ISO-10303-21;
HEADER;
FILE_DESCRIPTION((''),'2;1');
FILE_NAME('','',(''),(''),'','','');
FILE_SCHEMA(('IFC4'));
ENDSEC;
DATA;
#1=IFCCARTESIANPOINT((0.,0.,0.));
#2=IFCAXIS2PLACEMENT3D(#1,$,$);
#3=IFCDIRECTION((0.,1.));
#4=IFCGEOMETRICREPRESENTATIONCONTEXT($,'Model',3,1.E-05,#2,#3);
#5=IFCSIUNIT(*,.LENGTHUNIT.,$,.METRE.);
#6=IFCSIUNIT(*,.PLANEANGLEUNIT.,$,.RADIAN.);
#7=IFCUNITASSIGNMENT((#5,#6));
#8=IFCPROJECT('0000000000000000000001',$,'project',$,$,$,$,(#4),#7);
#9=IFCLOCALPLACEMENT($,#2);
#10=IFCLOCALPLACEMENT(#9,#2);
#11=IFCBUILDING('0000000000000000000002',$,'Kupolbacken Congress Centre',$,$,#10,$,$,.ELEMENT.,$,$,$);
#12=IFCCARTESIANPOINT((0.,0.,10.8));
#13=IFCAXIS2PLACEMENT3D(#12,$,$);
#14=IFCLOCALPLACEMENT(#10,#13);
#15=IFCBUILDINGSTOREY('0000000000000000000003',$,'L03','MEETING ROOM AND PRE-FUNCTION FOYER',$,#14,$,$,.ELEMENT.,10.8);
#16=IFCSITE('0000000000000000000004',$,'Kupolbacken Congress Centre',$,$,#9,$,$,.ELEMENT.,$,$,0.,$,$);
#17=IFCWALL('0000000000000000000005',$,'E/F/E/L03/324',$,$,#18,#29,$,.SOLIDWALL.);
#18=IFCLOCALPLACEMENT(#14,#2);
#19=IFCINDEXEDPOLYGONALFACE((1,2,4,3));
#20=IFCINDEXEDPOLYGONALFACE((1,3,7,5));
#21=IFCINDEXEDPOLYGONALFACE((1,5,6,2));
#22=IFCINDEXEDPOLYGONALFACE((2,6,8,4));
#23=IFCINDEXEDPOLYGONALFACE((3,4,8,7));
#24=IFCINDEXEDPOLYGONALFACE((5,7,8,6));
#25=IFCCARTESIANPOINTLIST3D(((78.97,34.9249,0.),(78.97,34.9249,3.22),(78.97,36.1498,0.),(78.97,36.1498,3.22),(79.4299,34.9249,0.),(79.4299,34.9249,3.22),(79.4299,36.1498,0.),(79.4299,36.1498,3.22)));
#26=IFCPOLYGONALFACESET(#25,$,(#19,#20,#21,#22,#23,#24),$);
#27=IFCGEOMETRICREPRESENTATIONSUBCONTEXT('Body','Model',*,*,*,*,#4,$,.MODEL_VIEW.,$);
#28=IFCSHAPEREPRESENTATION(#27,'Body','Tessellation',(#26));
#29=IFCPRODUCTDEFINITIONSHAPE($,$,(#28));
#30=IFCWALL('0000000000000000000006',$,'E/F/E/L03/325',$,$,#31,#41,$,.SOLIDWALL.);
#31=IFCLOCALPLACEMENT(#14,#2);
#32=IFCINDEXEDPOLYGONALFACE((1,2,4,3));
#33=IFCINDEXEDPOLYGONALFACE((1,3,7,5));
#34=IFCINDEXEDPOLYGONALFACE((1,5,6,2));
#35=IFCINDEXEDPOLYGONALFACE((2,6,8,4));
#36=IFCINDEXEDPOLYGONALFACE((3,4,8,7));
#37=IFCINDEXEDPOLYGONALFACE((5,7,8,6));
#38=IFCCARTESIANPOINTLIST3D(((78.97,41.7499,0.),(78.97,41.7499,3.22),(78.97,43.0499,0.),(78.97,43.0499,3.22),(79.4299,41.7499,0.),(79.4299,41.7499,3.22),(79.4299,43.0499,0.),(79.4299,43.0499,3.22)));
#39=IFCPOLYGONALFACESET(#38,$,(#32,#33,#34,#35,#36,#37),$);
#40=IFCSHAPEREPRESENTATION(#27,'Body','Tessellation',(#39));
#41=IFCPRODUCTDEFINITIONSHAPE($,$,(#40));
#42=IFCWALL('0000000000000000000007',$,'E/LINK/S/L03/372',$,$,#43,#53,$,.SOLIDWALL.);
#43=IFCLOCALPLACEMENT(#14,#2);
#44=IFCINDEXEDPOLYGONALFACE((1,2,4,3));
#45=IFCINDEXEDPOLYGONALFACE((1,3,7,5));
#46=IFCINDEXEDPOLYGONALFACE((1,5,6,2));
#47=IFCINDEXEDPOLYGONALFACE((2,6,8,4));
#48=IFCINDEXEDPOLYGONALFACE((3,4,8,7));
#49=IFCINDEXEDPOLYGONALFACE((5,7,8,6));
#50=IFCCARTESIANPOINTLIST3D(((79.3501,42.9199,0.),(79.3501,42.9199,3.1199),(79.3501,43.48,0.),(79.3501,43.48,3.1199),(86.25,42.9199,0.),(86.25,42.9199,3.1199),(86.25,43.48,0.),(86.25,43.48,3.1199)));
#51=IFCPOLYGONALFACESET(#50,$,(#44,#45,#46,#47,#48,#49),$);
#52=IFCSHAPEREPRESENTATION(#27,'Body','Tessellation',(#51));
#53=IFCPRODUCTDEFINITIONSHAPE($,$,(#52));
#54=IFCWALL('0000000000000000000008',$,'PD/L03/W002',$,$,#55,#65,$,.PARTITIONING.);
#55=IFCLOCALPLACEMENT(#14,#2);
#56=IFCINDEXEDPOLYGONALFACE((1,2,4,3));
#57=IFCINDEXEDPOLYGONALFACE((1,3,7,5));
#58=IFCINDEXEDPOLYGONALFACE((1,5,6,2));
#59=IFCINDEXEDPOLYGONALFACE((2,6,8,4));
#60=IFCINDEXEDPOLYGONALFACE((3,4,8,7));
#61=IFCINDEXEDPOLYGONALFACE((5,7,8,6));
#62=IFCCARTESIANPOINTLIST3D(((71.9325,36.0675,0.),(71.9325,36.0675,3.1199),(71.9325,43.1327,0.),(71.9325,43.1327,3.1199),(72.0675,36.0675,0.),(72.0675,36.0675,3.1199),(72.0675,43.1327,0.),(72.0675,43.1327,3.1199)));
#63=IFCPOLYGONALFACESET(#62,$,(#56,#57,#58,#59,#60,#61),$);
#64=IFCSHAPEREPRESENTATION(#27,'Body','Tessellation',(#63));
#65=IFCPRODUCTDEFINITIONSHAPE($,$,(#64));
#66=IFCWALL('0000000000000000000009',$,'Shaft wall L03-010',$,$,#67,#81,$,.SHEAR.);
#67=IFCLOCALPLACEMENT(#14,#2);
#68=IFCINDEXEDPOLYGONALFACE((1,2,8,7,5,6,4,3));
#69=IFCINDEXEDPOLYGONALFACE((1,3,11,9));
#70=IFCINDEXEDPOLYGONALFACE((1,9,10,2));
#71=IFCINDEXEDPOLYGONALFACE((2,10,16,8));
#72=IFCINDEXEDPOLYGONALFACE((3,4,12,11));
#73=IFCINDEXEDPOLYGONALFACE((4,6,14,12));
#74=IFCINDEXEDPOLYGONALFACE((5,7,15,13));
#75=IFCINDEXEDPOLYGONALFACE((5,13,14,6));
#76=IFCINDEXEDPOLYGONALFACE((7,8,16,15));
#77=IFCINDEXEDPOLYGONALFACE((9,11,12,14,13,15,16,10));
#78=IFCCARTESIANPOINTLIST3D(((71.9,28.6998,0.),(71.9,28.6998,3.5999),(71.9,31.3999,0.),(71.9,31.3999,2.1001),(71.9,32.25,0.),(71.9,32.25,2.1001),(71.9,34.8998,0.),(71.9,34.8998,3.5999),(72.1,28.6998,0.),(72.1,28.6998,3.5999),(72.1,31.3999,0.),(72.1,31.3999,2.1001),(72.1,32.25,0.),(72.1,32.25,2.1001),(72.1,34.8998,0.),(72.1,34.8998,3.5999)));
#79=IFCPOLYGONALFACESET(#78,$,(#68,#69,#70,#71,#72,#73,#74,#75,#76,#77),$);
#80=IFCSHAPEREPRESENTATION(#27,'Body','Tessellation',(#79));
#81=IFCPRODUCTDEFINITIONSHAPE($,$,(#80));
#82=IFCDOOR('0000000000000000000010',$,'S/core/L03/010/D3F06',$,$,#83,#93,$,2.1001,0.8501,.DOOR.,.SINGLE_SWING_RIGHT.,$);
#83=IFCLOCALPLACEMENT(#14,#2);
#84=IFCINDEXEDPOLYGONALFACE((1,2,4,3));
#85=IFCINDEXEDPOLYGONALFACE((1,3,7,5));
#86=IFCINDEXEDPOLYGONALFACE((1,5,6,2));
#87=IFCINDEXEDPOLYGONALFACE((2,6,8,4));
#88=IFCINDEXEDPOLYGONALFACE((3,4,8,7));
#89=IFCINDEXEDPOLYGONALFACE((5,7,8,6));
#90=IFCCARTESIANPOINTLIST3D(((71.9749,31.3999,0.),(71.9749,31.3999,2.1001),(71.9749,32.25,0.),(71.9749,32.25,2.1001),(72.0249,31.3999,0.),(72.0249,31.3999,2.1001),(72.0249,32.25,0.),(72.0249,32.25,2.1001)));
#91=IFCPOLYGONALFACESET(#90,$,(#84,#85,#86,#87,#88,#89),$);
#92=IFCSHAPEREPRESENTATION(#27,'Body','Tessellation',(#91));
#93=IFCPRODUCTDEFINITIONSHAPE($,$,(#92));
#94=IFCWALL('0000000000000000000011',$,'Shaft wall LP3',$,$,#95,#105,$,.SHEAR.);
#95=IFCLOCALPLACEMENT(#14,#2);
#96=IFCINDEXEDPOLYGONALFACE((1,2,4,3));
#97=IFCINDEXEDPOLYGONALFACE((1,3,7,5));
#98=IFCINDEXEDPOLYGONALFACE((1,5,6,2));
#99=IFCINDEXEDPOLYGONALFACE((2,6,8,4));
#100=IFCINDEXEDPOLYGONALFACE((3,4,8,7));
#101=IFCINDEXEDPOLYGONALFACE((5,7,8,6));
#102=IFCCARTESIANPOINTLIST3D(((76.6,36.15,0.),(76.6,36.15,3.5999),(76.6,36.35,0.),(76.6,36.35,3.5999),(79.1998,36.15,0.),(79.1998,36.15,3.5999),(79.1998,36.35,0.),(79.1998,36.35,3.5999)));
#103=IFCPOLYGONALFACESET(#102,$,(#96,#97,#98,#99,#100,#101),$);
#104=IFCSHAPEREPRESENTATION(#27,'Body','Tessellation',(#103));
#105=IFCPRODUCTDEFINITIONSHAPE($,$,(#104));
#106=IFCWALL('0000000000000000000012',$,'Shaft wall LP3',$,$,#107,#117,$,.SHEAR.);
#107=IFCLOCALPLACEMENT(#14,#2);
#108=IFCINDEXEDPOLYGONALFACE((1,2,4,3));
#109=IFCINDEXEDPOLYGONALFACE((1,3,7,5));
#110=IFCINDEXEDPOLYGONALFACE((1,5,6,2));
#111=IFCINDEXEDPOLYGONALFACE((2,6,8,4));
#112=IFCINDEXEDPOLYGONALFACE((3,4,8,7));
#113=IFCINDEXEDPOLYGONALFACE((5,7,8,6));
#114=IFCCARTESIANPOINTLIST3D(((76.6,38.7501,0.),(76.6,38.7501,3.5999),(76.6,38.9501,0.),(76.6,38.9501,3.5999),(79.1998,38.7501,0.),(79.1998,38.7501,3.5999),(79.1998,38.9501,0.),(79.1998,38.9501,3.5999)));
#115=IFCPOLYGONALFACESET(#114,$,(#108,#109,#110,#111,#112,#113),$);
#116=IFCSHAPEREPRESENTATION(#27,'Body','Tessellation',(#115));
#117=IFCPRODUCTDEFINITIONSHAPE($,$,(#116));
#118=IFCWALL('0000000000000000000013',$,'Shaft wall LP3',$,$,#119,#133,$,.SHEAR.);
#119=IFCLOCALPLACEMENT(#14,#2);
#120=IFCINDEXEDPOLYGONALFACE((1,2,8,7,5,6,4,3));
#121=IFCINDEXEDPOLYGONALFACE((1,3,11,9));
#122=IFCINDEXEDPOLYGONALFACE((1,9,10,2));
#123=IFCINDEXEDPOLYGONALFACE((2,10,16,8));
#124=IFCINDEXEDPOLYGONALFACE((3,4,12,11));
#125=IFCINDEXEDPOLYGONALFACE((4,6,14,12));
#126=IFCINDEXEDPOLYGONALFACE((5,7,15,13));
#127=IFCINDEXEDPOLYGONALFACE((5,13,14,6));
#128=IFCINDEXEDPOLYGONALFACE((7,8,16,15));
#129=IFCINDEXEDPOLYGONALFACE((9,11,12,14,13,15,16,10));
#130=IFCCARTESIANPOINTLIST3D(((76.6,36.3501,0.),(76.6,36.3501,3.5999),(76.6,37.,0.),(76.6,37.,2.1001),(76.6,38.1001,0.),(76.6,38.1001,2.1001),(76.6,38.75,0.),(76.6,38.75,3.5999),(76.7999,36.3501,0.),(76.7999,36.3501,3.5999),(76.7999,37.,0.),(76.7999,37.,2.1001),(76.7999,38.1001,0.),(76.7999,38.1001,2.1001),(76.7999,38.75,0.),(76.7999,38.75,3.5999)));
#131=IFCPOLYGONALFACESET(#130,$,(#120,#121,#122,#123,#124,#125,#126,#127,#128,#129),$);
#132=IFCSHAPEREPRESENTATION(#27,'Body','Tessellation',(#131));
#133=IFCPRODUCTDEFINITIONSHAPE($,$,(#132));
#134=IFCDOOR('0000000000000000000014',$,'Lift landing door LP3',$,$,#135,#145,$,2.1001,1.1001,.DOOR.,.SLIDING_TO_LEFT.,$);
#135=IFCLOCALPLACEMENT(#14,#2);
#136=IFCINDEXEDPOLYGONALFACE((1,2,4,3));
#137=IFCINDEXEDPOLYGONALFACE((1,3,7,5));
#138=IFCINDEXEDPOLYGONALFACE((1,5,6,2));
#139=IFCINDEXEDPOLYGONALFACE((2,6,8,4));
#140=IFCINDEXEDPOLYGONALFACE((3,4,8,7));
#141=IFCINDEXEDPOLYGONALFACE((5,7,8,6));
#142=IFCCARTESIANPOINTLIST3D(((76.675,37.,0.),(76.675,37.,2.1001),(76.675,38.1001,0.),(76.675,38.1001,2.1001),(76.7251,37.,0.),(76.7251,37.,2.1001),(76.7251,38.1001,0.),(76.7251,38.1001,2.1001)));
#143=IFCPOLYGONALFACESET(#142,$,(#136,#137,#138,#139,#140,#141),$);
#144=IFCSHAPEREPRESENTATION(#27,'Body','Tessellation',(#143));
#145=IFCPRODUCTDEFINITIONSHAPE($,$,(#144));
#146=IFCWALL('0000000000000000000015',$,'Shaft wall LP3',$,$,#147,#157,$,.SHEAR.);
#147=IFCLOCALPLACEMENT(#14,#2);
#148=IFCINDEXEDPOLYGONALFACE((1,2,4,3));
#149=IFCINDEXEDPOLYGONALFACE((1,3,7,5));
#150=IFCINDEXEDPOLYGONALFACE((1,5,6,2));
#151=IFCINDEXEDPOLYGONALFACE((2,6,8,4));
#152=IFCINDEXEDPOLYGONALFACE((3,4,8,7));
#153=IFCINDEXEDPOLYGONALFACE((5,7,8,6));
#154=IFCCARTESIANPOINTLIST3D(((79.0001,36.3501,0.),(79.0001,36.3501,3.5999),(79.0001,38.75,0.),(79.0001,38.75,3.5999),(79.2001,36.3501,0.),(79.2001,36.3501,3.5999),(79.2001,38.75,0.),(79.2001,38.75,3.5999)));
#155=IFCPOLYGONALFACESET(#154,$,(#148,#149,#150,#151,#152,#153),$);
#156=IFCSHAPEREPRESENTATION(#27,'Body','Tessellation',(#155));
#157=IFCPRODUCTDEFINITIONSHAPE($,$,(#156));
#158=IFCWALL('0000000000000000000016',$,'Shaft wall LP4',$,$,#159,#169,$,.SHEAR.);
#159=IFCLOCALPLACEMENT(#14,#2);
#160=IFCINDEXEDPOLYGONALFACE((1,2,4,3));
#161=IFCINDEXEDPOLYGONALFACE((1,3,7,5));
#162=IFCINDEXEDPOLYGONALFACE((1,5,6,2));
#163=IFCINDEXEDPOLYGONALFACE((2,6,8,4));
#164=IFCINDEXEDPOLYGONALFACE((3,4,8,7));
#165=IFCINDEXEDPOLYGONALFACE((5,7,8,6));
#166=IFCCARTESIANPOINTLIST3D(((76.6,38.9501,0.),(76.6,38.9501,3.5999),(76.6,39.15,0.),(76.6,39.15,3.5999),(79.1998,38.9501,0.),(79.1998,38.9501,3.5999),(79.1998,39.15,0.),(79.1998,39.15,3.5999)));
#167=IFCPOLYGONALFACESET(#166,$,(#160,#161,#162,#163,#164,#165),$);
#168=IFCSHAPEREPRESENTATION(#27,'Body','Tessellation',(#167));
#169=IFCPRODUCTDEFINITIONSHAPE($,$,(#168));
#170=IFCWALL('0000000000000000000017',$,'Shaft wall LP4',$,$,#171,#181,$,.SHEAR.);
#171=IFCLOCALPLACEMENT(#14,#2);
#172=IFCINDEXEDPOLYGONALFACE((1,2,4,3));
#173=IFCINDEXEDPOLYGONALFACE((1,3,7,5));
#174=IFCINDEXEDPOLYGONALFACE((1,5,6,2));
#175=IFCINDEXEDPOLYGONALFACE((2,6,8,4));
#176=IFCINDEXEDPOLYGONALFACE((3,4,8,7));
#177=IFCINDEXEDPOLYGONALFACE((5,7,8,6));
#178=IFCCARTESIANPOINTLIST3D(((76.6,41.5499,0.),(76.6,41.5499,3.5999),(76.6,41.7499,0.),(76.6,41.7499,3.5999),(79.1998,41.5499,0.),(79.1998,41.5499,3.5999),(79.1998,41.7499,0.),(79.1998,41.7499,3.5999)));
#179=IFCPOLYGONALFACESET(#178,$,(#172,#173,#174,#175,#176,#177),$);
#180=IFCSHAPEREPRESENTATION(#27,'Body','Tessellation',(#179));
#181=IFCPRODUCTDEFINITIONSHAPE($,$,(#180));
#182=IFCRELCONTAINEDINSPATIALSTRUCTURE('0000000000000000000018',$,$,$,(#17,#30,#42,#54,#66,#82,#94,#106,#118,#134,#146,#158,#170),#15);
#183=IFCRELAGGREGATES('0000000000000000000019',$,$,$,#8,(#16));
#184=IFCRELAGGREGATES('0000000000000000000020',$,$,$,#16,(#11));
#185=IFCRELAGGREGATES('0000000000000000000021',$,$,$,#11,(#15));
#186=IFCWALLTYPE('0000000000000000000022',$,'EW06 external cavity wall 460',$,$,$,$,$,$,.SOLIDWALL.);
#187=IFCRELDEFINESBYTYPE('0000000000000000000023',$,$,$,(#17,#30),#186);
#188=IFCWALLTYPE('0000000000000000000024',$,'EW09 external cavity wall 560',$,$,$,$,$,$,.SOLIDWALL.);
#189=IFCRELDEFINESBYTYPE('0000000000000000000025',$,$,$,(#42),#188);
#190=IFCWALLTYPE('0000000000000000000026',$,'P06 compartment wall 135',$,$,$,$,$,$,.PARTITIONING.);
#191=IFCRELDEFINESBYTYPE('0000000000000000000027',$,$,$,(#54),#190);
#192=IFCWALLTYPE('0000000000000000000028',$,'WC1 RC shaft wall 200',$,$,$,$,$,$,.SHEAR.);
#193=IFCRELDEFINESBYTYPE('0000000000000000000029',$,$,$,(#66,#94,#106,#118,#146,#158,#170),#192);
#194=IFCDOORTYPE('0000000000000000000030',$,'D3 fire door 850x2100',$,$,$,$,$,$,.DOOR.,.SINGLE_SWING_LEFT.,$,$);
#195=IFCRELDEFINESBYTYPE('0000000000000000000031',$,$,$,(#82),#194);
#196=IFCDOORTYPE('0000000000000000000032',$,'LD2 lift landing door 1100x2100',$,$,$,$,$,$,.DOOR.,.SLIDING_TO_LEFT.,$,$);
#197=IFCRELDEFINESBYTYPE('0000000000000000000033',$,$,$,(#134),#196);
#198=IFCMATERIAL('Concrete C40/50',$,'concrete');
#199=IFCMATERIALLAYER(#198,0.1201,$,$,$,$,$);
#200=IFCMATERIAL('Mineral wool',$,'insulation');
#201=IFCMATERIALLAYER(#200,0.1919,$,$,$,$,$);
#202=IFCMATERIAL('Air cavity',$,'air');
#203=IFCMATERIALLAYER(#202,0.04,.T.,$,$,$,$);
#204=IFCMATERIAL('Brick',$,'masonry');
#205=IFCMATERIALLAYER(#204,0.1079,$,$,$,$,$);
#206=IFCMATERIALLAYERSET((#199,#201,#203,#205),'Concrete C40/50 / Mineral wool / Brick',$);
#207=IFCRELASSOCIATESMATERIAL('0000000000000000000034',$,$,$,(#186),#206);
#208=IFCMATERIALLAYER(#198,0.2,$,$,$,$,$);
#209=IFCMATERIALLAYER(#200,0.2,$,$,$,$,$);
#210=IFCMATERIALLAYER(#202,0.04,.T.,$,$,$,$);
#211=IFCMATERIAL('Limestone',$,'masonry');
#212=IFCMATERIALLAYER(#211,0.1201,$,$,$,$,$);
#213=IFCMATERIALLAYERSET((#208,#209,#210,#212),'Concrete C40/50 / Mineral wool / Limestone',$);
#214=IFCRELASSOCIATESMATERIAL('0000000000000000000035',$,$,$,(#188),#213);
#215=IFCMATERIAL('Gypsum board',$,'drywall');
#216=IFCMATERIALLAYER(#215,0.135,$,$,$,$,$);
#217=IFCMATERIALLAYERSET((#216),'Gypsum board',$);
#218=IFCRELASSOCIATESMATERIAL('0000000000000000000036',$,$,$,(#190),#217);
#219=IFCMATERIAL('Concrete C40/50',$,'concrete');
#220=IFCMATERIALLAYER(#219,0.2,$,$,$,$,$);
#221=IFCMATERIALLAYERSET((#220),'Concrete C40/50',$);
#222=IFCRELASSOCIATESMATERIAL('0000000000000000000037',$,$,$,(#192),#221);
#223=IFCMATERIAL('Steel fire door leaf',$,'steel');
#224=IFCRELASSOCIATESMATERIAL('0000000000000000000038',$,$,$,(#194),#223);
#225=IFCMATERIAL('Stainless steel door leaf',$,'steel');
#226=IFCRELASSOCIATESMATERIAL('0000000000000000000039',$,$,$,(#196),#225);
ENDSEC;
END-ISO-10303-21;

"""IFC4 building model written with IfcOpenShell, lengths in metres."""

from ifc_helpers import new_model, si_unit, direction, frame, frame_2d, origin, place, context, subcontext, project, spatial, rectangle, extrude, material, layer, layer_set, type_object, element, fill, save


model = new_model("IFC4")

# Units and contexts
model_context = context("Model", 3, precision=1e-05, world=origin(), true_north=direction((0.0, 1.0)))
body_context = subcontext(model_context, "Body", "Model", "MODEL_VIEW")
ifc_project = project(units=[si_unit("LENGTHUNIT", "METRE"), si_unit("PLANEANGLEUNIT", "RADIAN")], contexts=[model_context])

# Site, building, storey
site_placement = place(None, origin())
site = spatial("IfcSite", under=ifc_project, at=site_placement, Name="Kupolbacken Congress Centre", CompositionType="ELEMENT", RefElevation=0.0)
building_placement = place(site_placement, origin())
building = spatial("IfcBuilding", under=site, at=building_placement, Name="Kupolbacken Congress Centre", CompositionType="ELEMENT")
storey_placement = place(building_placement, frame((0.0, 0.0, 10.8)))
storey = spatial("IfcBuildingStorey", under=building, at=storey_placement, Name="L03", Description="MEETING ROOM AND PRE-FUNCTION FOYER", CompositionType="ELEMENT", Elevation=10.8)

# Walls
ifc_material_1 = material(Name="Concrete C40/50", Category="concrete")
ifc_layer_1 = layer(ifc_material_1, 0.1201)
ifc_material_2 = material(Name="Mineral wool", Category="insulation")
ifc_layer_2 = layer(ifc_material_2, 0.1919)
ifc_material_3 = material(Name="Air cavity", Category="air")
ifc_layer_3 = layer(ifc_material_3, 0.04, ventilated=True)
ifc_material_4 = material(Name="Brick", Category="masonry")
ifc_layer_4 = layer(ifc_material_4, 0.1079)
ifc_layer_set_1 = layer_set([ifc_layer_1, ifc_layer_2, ifc_layer_3, ifc_layer_4], Name="Concrete C40/50 / Mineral wool / Brick")
wall_type_1 = type_object("IfcWallType", Name="EW06 external cavity wall 460", PredefinedType="SOLIDWALL", material=ifc_layer_set_1)
wall_1_placement = place(storey_placement, frame((79.2, 34.925, 0.0), z_axis=(0.0, 0.0, 1.0), x_axis=(0.0, 1.0, 0.0)))
element("IfcWall", 1, at=wall_1_placement, inside=storey, type_object=wall_type_1, Name="E/F/E/L03/324", PredefinedType="SOLIDWALL", context=body_context, shape_type="SweptSolid", body=[
    extrude(rectangle(XDim=1.2249, YDim=0.46, at=frame_2d((0.6123, 0.0))), origin(), (0.0, 0.0, 1.0), 3.22),
])
wall_2_placement = place(storey_placement, frame((79.2, 41.75, 0.0), z_axis=(0.0, 0.0, 1.0), x_axis=(0.0, 1.0, 0.0)))
element("IfcWall", 2, at=wall_2_placement, inside=storey, type_object=wall_type_1, Name="E/F/E/L03/325", PredefinedType="SOLIDWALL", context=body_context, shape_type="SweptSolid", body=[
    extrude(rectangle(XDim=1.3, YDim=0.46, at=frame_2d((0.6499, 0.0))), origin(), (0.0, 0.0, 1.0), 3.22),
])
ifc_layer_5 = layer(ifc_material_1, 0.2)
ifc_layer_6 = layer(ifc_material_2, 0.2)
ifc_layer_7 = layer(ifc_material_3, 0.04, ventilated=True)
ifc_material_5 = material(Name="Limestone", Category="masonry")
ifc_layer_8 = layer(ifc_material_5, 0.1201)
ifc_layer_set_2 = layer_set([ifc_layer_5, ifc_layer_6, ifc_layer_7, ifc_layer_8], Name="Concrete C40/50 / Mineral wool / Limestone")
wall_type_2 = type_object("IfcWallType", Name="EW09 external cavity wall 560", PredefinedType="SOLIDWALL", material=ifc_layer_set_2)
wall_3_placement = place(storey_placement, frame((79.3501, 43.2, 0.0), z_axis=(0.0, 0.0, 1.0), x_axis=(1.0, 0.0, 0.0)))
element("IfcWall", 3, at=wall_3_placement, inside=storey, type_object=wall_type_2, Name="E/LINK/S/L03/372", PredefinedType="SOLIDWALL", context=body_context, shape_type="SweptSolid", body=[
    extrude(rectangle(XDim=6.8999, YDim=0.5601, at=frame_2d((3.45, 0.0))), origin(), (0.0, 0.0, 1.0), 3.1199),
])
ifc_material_6 = material(Name="Gypsum board", Category="drywall")
ifc_layer_9 = layer(ifc_material_6, 0.135)
ifc_layer_set_3 = layer_set([ifc_layer_9], Name="Gypsum board")
wall_type_3 = type_object("IfcWallType", Name="P06 compartment wall 135", PredefinedType="PARTITIONING", material=ifc_layer_set_3)
wall_4_placement = place(storey_placement, frame((72.0, 36.0674, 0.0), z_axis=(0.0, 0.0, 1.0), x_axis=(0.0, 1.0, 0.0)))
element("IfcWall", 4, at=wall_4_placement, inside=storey, type_object=wall_type_3, Name="PD/L03/W002", PredefinedType="PARTITIONING", context=body_context, shape_type="SweptSolid", body=[
    extrude(rectangle(XDim=7.0652, YDim=0.135, at=frame_2d((3.5327, 0.0))), origin(), (0.0, 0.0, 1.0), 3.1199),
])

# Wall, opening, door
ifc_material_7 = material(Name="Concrete C40/50", Category="concrete")
ifc_layer_10 = layer(ifc_material_7, 0.2)
ifc_layer_set_4 = layer_set([ifc_layer_10], Name="Concrete C40/50")
wall_type_4 = type_object("IfcWallType", Name="WC1 RC shaft wall 200", PredefinedType="SHEAR", material=ifc_layer_set_4)
wall_5_placement = place(storey_placement, frame((72.0, 34.8999, 0.0), z_axis=(0.0, 0.0, 1.0), x_axis=(0.0, -1.0, 0.0)))
wall_5 = element("IfcWall", 5, at=wall_5_placement, inside=storey, type_object=wall_type_4, Name="Shaft wall L03-010", PredefinedType="SHEAR", context=body_context, shape_type="SweptSolid", body=[
    extrude(rectangle(XDim=6.2, YDim=0.2, at=frame_2d((3.1001, 0.0))), origin(), (0.0, 0.0, 1.0), 3.5999),
])
opening_1_placement = place(wall_5_placement, frame((2.6499, 0.0, 0.0)))
opening_1 = element("IfcOpeningElement", 6, at=opening_1_placement, cuts=wall_5, PredefinedType="OPENING", context=body_context, shape_type="SweptSolid", body=[
    extrude(rectangle(XDim=0.8501, YDim=2.1001, at=frame_2d((0.425, 1.05))), frame((0.0, 0.1099, 0.0), z_axis=(0.0, -1.0, 0.0), x_axis=(1.0, 0.0, 0.0)), (0.0, 0.0, 1.0), 0.22),
])
ifc_material_8 = material(Name="Steel fire door leaf", Category="steel")
door_type_1 = type_object("IfcDoorType", Name="D3 fire door 850x2100", OperationType="SINGLE_SWING_LEFT", PredefinedType="DOOR", material=ifc_material_8)
door_1_placement = place(opening_1_placement, origin())
door_1 = element("IfcDoor", 7, at=door_1_placement, inside=storey, type_object=door_type_1, Name="S/core/L03/010/D3F06", OperationType="SINGLE_SWING_RIGHT", OverallHeight=2.1001, OverallWidth=0.8501, PredefinedType="DOOR", context=body_context, shape_type="SweptSolid", body=[
    extrude(rectangle(XDim=0.8501, YDim=2.1001, at=frame_2d((0.425, 1.05))), frame((0.0, 0.0249, 0.0), z_axis=(0.0, -1.0, 0.0), x_axis=(1.0, 0.0, 0.0)), (0.0, 0.0, 1.0), 0.05),
])
fill(opening_1, door_1)

# Walls
for number, where, z_axis, x_axis, name in (
    (8, (76.6001, 36.25, 0.0), (0.0, 0.0, 1.0), (1.0, 0.0, 0.0), "Shaft wall LP3"),
    (9, (76.6001, 38.8501, 0.0), (0.0, 0.0, 1.0), (1.0, 0.0, 0.0), "Shaft wall LP3"),
):
    element("IfcWall", number, at=place(storey_placement, frame(where, z_axis=z_axis, x_axis=x_axis)), inside=storey, type_object=wall_type_4, Name=name, PredefinedType="SHEAR", context=body_context, shape_type="SweptSolid", body=[
        extrude(rectangle(XDim=2.5999, YDim=0.2, at=frame_2d((1.2998, 0.0))), origin(), (0.0, 0.0, 1.0), 3.5999),
    ])

# Wall, opening, door
wall_6_placement = place(storey_placement, frame((76.7, 36.3501, 0.0), z_axis=(0.0, 0.0, 1.0), x_axis=(0.0, 1.0, 0.0)))
wall_6 = element("IfcWall", 10, at=wall_6_placement, inside=storey, type_object=wall_type_4, Name="Shaft wall LP3", PredefinedType="SHEAR", context=body_context, shape_type="SweptSolid", body=[
    extrude(rectangle(XDim=2.3999, YDim=0.2, at=frame_2d((1.2, 0.0))), origin(), (0.0, 0.0, 1.0), 3.5999),
])
opening_2_placement = place(wall_6_placement, frame((0.6499, 0.0, 0.0)))
opening_2 = element("IfcOpeningElement", 11, at=opening_2_placement, cuts=wall_6, PredefinedType="OPENING", context=body_context, shape_type="SweptSolid", body=[
    extrude(rectangle(XDim=1.1001, YDim=2.1001, at=frame_2d((0.55, 1.05))), frame((0.0, 0.1099, 0.0), z_axis=(0.0, -1.0, 0.0), x_axis=(1.0, 0.0, 0.0)), (0.0, 0.0, 1.0), 0.22),
])
ifc_material_9 = material(Name="Stainless steel door leaf", Category="steel")
door_type_2 = type_object("IfcDoorType", Name="LD2 lift landing door 1100x2100", OperationType="SLIDING_TO_LEFT", PredefinedType="DOOR", material=ifc_material_9)
door_2_placement = place(opening_2_placement, origin())
door_2 = element("IfcDoor", 12, at=door_2_placement, inside=storey, type_object=door_type_2, Name="Lift landing door LP3", OperationType="SLIDING_TO_LEFT", OverallHeight=2.1001, OverallWidth=1.1001, PredefinedType="DOOR", context=body_context, shape_type="SweptSolid", body=[
    extrude(rectangle(XDim=1.1001, YDim=2.1001, at=frame_2d((0.55, 1.05))), frame((0.0, 0.0249, 0.0), z_axis=(0.0, -1.0, 0.0), x_axis=(1.0, 0.0, 0.0)), (0.0, 0.0, 1.0), 0.05),
])
fill(opening_2, door_2)

# Walls
wall_7_placement = place(storey_placement, frame((79.1001, 36.3501, 0.0), z_axis=(0.0, 0.0, 1.0), x_axis=(0.0, 1.0, 0.0)))
element("IfcWall", 13, at=wall_7_placement, inside=storey, type_object=wall_type_4, Name="Shaft wall LP3", PredefinedType="SHEAR", context=body_context, shape_type="SweptSolid", body=[
    extrude(rectangle(XDim=2.3999, YDim=0.2, at=frame_2d((1.2, 0.0))), origin(), (0.0, 0.0, 1.0), 3.5999),
])
for number, where, z_axis, x_axis, name in (
    (14, (76.6001, 39.05, 0.0), (0.0, 0.0, 1.0), (1.0, 0.0, 0.0), "Shaft wall LP4"),
    (15, (76.6001, 41.6499, 0.0), (0.0, 0.0, 1.0), (1.0, 0.0, 0.0), "Shaft wall LP4"),
):
    element("IfcWall", number, at=place(storey_placement, frame(where, z_axis=z_axis, x_axis=x_axis)), inside=storey, type_object=wall_type_4, Name=name, PredefinedType="SHEAR", context=body_context, shape_type="SweptSolid", body=[
        extrude(rectangle(XDim=2.5999, YDim=0.2, at=frame_2d((1.2998, 0.0))), origin(), (0.0, 0.0, 1.0), 3.5999),
    ])

save(model, "model.ifc")
